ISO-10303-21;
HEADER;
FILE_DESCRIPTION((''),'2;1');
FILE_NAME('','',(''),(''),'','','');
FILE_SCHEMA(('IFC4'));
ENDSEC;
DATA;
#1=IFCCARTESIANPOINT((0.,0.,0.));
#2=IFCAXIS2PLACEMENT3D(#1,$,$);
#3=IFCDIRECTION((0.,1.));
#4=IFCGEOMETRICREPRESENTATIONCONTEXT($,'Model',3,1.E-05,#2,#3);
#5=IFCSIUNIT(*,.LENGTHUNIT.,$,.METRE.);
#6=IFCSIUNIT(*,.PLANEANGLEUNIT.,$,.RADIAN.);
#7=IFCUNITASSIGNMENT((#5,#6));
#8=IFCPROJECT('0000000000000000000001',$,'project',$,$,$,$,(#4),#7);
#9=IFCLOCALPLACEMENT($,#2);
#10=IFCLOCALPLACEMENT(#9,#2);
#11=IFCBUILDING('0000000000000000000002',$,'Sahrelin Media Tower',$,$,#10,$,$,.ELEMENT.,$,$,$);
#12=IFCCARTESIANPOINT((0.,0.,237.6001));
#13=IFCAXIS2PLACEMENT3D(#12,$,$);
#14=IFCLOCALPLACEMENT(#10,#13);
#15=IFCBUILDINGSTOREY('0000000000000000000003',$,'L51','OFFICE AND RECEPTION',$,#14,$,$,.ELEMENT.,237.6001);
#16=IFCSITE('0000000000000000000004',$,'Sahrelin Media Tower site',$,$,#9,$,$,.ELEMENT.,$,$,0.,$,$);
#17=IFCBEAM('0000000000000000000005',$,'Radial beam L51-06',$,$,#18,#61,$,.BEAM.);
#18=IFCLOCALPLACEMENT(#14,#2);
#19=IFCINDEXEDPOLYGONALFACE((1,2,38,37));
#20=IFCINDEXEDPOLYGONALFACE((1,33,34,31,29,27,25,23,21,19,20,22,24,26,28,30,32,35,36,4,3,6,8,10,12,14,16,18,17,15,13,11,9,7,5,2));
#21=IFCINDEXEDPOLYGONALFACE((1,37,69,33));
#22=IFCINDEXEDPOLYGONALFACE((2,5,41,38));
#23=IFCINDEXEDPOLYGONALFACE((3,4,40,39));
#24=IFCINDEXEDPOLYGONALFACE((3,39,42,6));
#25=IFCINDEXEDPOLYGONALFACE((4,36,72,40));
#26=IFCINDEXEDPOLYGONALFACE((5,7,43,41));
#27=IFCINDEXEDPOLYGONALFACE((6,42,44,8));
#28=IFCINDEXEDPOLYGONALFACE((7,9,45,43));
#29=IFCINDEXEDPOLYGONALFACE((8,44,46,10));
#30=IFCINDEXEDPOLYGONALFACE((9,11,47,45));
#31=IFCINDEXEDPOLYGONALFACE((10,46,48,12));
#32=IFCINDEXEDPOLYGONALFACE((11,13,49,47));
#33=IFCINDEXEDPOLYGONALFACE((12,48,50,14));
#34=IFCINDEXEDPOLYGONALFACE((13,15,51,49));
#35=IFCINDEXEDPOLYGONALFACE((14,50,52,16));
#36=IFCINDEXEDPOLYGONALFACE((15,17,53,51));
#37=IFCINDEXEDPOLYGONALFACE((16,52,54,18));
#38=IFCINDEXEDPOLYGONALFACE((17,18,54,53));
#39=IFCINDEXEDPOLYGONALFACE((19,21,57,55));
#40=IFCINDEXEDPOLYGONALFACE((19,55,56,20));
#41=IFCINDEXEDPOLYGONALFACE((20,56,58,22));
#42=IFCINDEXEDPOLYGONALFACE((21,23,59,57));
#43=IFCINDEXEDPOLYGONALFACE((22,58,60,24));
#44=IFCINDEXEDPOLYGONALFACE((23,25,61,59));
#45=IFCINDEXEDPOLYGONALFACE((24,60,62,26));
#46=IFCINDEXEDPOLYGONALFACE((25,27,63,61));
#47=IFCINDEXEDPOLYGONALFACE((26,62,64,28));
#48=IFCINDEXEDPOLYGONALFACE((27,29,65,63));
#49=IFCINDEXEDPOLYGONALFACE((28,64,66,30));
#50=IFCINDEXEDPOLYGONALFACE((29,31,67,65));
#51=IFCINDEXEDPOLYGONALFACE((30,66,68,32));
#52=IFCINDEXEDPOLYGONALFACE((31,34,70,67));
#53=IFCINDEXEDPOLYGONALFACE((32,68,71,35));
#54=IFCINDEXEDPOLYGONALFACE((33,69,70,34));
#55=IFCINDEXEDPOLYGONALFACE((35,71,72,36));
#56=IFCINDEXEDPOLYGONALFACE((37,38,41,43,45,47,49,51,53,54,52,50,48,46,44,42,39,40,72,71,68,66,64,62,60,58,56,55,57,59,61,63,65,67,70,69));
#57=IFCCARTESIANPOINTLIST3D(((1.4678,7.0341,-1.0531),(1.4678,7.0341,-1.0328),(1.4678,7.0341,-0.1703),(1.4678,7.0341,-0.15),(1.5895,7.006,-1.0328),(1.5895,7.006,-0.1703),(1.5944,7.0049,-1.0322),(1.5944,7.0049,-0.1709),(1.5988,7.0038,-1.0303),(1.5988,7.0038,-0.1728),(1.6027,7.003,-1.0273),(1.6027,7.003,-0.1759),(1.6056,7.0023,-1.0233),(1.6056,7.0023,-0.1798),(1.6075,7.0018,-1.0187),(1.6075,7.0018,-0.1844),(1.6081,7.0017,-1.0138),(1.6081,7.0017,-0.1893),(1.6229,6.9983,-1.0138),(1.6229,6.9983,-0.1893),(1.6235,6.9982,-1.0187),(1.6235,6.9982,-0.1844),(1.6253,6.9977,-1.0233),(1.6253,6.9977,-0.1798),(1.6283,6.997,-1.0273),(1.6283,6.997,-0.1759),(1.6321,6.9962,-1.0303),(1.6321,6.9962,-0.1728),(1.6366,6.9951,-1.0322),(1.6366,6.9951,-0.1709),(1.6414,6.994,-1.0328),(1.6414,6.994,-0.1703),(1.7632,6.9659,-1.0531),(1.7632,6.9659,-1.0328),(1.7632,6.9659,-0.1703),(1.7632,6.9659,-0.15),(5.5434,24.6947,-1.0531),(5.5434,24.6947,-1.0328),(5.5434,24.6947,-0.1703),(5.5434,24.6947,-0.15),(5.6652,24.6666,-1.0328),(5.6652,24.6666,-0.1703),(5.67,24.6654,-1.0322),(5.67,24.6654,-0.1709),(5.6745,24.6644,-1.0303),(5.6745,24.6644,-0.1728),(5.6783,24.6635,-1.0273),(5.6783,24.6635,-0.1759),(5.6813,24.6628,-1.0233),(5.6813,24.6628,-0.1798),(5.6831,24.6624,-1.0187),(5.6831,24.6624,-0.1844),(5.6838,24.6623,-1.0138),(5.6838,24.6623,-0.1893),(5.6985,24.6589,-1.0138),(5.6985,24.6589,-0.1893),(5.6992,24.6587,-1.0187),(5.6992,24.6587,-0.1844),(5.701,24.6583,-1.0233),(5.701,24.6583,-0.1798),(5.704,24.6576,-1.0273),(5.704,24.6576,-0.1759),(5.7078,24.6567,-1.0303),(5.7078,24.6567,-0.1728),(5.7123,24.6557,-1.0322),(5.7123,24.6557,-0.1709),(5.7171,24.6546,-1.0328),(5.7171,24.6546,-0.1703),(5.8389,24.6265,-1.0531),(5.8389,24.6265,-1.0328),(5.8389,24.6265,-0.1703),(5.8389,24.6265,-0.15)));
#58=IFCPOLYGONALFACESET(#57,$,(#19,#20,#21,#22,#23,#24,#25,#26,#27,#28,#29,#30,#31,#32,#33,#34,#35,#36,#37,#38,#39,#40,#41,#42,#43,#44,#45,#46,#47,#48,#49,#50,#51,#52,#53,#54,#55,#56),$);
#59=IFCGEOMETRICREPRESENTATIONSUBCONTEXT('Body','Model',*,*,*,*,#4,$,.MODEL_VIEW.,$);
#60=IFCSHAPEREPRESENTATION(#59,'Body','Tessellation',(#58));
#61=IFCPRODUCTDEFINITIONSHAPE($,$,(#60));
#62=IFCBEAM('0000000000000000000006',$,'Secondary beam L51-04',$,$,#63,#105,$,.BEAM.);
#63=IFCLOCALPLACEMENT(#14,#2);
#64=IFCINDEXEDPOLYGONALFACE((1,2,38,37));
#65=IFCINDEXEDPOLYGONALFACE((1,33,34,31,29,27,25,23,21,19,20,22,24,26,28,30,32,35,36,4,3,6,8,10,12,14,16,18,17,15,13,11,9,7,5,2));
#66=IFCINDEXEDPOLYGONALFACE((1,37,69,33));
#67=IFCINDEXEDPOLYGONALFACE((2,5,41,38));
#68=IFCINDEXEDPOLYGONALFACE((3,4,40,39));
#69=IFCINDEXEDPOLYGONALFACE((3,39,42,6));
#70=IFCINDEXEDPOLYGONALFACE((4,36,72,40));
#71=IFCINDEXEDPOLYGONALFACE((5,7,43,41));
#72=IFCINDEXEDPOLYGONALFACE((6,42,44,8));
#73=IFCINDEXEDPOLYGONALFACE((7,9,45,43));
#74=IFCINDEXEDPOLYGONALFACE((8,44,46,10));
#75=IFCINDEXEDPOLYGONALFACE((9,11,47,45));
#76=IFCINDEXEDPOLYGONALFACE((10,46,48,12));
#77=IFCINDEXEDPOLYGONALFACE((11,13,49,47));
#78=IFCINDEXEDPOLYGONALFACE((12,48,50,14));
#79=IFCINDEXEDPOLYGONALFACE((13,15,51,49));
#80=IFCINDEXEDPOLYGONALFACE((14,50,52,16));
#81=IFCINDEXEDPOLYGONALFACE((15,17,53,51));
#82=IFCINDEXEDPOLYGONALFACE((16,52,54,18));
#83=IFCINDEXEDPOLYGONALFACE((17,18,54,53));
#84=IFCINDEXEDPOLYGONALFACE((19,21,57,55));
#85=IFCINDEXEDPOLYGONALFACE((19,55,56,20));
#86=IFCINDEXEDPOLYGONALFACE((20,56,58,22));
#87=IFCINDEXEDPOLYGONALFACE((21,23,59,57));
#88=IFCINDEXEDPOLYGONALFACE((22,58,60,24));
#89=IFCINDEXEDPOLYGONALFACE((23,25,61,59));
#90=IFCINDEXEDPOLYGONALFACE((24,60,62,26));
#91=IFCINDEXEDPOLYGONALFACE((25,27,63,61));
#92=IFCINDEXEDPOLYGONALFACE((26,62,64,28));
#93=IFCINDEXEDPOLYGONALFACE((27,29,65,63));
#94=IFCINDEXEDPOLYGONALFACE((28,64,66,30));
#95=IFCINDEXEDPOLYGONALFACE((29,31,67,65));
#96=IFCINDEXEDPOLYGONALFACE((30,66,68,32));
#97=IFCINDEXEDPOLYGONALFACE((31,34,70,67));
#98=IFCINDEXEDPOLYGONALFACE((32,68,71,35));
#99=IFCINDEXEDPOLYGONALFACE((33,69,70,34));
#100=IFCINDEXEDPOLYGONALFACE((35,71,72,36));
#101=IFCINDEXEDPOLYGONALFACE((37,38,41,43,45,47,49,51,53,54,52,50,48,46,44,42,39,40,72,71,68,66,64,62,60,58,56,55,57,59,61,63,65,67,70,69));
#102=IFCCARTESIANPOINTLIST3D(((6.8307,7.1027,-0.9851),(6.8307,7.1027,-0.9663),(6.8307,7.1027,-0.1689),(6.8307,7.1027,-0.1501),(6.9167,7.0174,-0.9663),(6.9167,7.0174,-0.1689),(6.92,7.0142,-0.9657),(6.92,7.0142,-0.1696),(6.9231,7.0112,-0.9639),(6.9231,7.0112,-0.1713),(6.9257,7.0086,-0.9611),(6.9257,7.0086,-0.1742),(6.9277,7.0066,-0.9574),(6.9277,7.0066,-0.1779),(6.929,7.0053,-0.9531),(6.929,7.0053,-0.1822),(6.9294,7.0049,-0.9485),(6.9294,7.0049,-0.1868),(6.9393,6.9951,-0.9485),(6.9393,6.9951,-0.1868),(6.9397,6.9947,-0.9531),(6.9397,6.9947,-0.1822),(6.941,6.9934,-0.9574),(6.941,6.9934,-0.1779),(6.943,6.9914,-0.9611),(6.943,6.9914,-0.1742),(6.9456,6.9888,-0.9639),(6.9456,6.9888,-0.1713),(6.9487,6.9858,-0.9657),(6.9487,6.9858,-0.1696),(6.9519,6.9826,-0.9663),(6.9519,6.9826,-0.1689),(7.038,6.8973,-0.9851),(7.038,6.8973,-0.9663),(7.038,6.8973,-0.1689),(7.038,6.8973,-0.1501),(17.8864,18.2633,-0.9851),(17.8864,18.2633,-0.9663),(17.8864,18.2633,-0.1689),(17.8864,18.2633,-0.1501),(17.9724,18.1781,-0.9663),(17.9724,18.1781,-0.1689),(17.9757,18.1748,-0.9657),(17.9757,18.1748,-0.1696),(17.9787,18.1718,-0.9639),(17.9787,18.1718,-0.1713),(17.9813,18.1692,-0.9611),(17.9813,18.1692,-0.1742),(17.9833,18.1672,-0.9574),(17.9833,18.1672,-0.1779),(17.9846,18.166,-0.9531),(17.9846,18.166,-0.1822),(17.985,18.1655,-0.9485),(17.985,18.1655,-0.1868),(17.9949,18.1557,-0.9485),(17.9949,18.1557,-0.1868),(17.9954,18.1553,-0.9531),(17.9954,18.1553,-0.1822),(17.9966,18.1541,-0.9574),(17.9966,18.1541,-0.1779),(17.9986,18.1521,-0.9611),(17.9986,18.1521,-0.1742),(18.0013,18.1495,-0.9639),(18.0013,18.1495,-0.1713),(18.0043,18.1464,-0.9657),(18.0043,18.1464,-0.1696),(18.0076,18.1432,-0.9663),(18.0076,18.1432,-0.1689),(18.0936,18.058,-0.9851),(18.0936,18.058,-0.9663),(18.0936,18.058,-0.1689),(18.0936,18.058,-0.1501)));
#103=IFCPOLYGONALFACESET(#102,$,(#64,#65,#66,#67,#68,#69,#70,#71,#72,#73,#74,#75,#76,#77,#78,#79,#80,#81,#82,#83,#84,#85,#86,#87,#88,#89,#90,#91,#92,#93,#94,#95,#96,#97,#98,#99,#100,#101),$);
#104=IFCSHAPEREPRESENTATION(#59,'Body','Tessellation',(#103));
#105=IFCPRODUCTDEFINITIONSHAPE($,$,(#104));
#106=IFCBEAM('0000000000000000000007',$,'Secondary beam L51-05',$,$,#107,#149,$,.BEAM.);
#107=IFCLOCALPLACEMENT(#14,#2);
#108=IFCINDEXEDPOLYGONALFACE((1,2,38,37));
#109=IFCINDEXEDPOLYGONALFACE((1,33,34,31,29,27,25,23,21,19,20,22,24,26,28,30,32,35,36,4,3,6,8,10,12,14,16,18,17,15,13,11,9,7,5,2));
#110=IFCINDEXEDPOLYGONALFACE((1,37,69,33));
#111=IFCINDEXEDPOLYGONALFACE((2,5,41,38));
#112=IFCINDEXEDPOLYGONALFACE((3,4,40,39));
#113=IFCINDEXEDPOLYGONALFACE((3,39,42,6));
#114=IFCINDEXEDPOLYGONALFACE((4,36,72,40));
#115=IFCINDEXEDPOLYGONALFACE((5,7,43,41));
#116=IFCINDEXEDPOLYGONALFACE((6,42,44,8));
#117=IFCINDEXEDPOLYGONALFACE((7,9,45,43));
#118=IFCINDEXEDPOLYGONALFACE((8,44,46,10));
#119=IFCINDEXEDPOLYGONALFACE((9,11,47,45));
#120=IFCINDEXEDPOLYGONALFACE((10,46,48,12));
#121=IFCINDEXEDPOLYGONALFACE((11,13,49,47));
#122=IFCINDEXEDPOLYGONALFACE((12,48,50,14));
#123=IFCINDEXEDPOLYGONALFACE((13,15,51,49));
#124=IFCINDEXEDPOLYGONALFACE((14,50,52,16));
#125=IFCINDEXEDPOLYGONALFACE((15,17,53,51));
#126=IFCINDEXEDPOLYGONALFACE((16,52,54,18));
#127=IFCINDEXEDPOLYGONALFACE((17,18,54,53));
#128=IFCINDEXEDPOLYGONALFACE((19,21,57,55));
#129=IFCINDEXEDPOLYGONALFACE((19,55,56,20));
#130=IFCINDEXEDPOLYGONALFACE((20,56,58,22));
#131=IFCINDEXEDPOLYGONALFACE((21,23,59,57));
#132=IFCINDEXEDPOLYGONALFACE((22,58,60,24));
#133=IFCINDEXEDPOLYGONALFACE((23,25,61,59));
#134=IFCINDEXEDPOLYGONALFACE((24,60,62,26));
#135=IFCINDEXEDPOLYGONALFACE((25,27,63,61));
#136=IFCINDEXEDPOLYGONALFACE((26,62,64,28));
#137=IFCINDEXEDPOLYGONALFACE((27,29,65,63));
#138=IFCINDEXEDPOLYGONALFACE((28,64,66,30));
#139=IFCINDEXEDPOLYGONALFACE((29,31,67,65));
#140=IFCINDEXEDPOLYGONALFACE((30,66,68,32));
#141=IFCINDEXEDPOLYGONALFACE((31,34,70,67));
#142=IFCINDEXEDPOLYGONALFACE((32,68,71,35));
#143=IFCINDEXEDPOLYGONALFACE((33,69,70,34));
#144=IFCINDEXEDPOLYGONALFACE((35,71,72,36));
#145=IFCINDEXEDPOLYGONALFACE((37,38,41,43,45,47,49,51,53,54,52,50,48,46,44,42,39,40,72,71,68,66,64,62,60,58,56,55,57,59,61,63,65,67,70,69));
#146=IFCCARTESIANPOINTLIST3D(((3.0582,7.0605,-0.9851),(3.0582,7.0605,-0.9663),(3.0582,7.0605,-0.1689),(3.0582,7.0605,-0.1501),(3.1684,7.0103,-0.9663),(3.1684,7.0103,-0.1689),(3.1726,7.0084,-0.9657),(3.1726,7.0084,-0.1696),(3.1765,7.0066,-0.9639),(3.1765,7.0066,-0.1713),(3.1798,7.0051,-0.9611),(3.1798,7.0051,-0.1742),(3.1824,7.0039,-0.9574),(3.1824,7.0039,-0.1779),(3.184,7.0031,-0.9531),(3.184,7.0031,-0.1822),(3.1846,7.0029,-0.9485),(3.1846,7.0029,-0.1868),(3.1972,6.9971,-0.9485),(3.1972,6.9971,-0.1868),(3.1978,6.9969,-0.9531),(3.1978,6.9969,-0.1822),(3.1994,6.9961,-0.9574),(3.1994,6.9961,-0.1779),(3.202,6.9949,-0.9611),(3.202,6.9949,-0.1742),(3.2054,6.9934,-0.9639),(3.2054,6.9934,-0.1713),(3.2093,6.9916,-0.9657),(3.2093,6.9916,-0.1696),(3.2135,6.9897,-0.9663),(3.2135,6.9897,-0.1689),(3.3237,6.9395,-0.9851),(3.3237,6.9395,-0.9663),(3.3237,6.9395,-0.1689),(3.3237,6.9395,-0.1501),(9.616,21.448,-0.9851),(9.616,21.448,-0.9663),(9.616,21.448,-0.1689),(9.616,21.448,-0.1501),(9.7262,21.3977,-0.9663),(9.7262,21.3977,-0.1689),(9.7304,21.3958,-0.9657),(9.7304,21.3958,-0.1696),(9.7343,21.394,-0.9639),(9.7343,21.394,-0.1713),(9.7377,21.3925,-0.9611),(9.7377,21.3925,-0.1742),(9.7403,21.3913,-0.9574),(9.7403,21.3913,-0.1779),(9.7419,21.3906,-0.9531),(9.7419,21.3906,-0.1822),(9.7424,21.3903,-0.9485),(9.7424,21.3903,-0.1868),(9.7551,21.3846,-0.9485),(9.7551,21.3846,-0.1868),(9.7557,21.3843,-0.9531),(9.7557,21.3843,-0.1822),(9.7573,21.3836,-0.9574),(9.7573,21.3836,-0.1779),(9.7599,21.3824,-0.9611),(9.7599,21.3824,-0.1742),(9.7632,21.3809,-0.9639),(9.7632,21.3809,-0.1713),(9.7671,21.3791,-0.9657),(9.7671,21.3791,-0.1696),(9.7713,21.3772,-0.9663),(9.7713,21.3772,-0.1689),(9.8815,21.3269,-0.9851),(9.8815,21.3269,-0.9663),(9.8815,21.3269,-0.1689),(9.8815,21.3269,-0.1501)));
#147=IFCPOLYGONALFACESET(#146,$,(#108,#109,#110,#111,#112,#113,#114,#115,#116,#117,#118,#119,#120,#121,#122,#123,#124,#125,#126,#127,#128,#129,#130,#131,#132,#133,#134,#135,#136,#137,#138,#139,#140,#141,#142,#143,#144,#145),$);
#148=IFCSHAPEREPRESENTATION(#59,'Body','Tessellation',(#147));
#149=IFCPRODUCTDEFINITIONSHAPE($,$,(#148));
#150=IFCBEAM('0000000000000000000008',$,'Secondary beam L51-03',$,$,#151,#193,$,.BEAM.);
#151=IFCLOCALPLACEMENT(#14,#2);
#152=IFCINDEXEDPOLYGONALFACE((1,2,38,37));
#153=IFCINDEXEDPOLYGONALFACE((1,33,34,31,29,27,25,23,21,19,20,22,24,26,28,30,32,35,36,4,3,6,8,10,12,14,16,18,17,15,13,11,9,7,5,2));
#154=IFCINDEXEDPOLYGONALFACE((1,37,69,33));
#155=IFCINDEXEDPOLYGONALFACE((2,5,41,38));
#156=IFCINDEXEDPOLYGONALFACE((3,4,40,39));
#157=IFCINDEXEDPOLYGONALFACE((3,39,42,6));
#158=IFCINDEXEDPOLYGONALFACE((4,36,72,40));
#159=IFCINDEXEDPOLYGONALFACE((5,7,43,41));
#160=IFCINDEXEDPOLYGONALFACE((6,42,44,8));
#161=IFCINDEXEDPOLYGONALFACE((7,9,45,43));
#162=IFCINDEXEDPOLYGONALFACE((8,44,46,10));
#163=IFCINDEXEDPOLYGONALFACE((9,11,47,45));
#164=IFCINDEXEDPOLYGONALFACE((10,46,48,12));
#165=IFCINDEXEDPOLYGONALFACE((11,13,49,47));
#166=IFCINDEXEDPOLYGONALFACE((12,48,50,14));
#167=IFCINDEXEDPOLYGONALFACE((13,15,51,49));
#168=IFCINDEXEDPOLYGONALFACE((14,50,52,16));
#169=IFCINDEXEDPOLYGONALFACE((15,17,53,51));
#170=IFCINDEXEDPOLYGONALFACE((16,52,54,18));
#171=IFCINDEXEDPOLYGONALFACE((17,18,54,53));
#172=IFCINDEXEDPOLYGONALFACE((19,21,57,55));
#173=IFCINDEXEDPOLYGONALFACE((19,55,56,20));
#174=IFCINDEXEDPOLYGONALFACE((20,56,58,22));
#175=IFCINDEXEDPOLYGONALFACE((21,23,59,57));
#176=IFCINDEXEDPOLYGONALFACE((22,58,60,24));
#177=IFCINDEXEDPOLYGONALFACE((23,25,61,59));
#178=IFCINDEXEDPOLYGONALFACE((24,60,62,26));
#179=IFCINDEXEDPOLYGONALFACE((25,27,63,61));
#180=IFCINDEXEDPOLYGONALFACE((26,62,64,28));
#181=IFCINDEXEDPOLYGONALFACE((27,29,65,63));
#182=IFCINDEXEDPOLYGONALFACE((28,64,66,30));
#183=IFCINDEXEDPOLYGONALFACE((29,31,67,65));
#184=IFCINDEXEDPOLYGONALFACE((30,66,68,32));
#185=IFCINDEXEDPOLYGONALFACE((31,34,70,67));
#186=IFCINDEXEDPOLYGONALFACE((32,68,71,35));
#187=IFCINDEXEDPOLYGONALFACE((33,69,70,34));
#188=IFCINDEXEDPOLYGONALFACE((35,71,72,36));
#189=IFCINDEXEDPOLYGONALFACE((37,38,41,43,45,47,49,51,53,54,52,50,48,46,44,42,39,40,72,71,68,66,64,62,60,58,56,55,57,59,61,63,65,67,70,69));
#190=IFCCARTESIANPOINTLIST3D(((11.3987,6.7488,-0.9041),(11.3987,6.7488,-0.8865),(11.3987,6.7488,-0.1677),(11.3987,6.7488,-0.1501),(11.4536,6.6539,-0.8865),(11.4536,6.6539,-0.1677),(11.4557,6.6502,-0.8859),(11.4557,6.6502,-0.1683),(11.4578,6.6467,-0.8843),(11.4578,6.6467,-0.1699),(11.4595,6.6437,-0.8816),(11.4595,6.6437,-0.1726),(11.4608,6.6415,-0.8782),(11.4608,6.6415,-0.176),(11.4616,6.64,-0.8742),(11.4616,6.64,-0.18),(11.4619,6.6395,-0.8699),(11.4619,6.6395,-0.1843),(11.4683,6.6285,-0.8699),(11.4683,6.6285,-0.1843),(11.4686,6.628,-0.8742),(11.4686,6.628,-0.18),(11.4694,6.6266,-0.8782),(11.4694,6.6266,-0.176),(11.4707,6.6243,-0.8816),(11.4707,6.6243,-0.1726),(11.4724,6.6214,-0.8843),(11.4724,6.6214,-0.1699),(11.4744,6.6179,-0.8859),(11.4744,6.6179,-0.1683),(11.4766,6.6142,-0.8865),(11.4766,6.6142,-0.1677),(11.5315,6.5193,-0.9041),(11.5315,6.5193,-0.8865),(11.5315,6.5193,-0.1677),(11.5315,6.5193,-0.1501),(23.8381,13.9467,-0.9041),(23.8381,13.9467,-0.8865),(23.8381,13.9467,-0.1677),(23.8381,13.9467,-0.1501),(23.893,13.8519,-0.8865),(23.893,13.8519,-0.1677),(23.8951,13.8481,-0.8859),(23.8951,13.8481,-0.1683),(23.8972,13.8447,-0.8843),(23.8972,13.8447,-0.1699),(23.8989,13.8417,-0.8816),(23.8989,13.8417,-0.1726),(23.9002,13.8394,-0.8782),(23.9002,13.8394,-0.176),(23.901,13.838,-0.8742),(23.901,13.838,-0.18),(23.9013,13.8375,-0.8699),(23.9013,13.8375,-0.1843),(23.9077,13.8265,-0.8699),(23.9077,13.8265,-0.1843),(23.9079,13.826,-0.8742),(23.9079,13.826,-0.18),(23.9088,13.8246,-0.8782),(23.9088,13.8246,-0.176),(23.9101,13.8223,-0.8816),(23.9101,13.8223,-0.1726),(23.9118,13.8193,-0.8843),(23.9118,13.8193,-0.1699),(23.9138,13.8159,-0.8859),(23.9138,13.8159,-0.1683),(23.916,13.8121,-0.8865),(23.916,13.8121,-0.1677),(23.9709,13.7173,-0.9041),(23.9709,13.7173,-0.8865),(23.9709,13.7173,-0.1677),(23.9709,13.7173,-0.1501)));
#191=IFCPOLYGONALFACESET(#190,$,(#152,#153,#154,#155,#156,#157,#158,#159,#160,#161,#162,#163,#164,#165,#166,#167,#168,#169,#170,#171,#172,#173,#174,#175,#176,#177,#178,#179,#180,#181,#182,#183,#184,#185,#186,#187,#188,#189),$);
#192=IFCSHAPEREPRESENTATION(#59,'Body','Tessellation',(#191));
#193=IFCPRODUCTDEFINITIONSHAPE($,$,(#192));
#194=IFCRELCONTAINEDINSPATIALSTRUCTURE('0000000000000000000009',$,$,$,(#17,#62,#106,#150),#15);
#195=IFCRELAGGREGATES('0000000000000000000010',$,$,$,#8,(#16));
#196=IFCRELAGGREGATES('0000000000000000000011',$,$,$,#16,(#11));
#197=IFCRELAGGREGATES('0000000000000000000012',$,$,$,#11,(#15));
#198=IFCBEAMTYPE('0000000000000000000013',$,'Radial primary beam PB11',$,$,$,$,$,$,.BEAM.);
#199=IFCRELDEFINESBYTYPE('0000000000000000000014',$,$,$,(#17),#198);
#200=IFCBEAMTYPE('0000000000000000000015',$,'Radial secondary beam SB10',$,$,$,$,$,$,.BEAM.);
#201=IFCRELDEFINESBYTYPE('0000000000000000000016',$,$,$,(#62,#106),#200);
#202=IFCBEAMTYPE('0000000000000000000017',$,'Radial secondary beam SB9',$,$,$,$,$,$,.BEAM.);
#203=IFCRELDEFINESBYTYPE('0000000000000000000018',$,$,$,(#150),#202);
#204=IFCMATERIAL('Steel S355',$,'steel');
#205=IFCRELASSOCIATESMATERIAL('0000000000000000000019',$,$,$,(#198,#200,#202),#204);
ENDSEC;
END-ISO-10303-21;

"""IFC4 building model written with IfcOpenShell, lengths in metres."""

from ifc_helpers import new_model, si_unit, direction, frame, origin, origin_2d, place, context, subcontext, project, spatial, i_section, extrude, material, material_profile, profile_set, type_object, element, save


model = new_model("IFC4")

# Units and contexts
model_context = context("Model", 3, precision=1e-05, world=origin(), true_north=direction((0.0, 1.0)))
body_context = subcontext(model_context, "Body", "Model", "MODEL_VIEW")
ifc_project = project(units=[si_unit("LENGTHUNIT", "METRE"), si_unit("PLANEANGLEUNIT", "RADIAN")], contexts=[model_context])

# Site, building, storey
site_placement = place(None, origin())
site = spatial("IfcSite", under=ifc_project, at=site_placement, Name="Sahrelin Media Tower site", CompositionType="ELEMENT", RefElevation=0.0)
building_placement = place(site_placement, origin())
building = spatial("IfcBuilding", under=site, at=building_placement, Name="Sahrelin Media Tower", CompositionType="ELEMENT")
storey_placement = place(building_placement, frame((0.0, 0.0, 237.6001)))
storey = spatial("IfcBuildingStorey", under=building, at=storey_placement, Name="L51", Description="OFFICE AND RECEPTION", CompositionType="ELEMENT", Elevation=237.6001)

# Shared definitions
ifc_material_1 = material(Name="Steel S355", Category="steel")

# Beams
ifc_material_profile_1 = material_profile(ifc_material_1, i_section(OverallWidth=0.3032, OverallDepth=0.9031, WebThickness=0.0151, FlangeThickness=0.0203, FilletRadius=0.019, at=origin_2d()), Name="UB 914x305x201")
ifc_profile_set_1 = profile_set([ifc_material_profile_1], Name="Steel S355")
beam_type_1 = type_object("IfcBeamType", Name="Radial primary beam PB11", PredefinedType="BEAM", material=ifc_profile_set_1)
beam_1_placement = place(storey_placement, frame((1.6155, 7.0, -0.6016), z_axis=(0.224867, 0.974389, 0.0), x_axis=(-0.974389, 0.224867, 0.0)))
element("IfcBeam", 1, at=beam_1_placement, inside=storey, type_object=beam_type_1, Name="Radial beam L51-06", PredefinedType="BEAM", context=body_context, shape_type="SweptSolid", body=[
    extrude(i_section(OverallWidth=0.3032, OverallDepth=0.9031, WebThickness=0.0151, FlangeThickness=0.0203, FilletRadius=0.019, at=origin_2d()), origin(), (0.0, 0.0, 1.0), 18.1248),
])
ifc_material_profile_2 = material_profile(ifc_material_1, i_section(OverallWidth=0.2917, OverallDepth=0.835, WebThickness=0.0139, FlangeThickness=0.0188, FilletRadius=0.0178, at=origin_2d()), Name="UB 838x292x176")
ifc_profile_set_2 = profile_set([ifc_material_profile_2], Name="Steel S355")
beam_type_2 = type_object("IfcBeamType", Name="Radial secondary beam SB10", PredefinedType="BEAM", material=ifc_profile_set_2)
beam_2_placement = place(storey_placement, frame((6.9343, 7.0, -0.5676), z_axis=(0.703758, 0.71044, 0.0), x_axis=(-0.71044, 0.703758, 0.0)))
element("IfcBeam", 2, at=beam_2_placement, inside=storey, type_object=beam_type_2, Name="Secondary beam L51-04", PredefinedType="BEAM", context=body_context, shape_type="SweptSolid", body=[
    extrude(i_section(OverallWidth=0.2917, OverallDepth=0.835, WebThickness=0.0139, FlangeThickness=0.0188, FilletRadius=0.0178, at=origin_2d()), origin(), (0.0, 0.0, 1.0), 15.7095),
])
beam_3_placement = place(storey_placement, frame((3.1909, 7.0, -0.5676), z_axis=(0.414752, 0.909934, 0.0), x_axis=(-0.909934, 0.414752, 0.0)))
element("IfcBeam", 3, at=beam_3_placement, inside=storey, type_object=beam_type_2, Name="Secondary beam L51-05", PredefinedType="BEAM", context=body_context, shape_type="SweptSolid", body=[
    extrude(i_section(OverallWidth=0.2917, OverallDepth=0.835, WebThickness=0.0139, FlangeThickness=0.0188, FilletRadius=0.0178, at=origin_2d()), origin(), (0.0, 0.0, 1.0), 15.8115),
])
ifc_material_profile_3 = material_profile(ifc_material_1, i_section(OverallWidth=0.2651, OverallDepth=0.7539, WebThickness=0.0127, FlangeThickness=0.0176, FilletRadius=0.0166, at=origin_2d()), Name="UB 762x267x147")
ifc_profile_set_3 = profile_set([ifc_material_profile_3], Name="Steel S355")
beam_type_3 = type_object("IfcBeamType", Name="Radial secondary beam SB9", PredefinedType="BEAM", material=ifc_profile_set_3)
beam_4_placement = place(storey_placement, frame((11.4651, 6.634, -0.5271), z_axis=(0.865541, 0.500839, 0.0), x_axis=(-0.500839, 0.865541, 0.0)))
element("IfcBeam", 4, at=beam_4_placement, inside=storey, type_object=beam_type_3, Name="Secondary beam L51-03", PredefinedType="BEAM", context=body_context, shape_type="SweptSolid", body=[
    extrude(i_section(OverallWidth=0.2651, OverallDepth=0.7539, WebThickness=0.0127, FlangeThickness=0.0176, FilletRadius=0.0166, at=origin_2d()), origin(), (0.0, 0.0, 1.0), 14.3718),
])

save(model, "model.ifc")
